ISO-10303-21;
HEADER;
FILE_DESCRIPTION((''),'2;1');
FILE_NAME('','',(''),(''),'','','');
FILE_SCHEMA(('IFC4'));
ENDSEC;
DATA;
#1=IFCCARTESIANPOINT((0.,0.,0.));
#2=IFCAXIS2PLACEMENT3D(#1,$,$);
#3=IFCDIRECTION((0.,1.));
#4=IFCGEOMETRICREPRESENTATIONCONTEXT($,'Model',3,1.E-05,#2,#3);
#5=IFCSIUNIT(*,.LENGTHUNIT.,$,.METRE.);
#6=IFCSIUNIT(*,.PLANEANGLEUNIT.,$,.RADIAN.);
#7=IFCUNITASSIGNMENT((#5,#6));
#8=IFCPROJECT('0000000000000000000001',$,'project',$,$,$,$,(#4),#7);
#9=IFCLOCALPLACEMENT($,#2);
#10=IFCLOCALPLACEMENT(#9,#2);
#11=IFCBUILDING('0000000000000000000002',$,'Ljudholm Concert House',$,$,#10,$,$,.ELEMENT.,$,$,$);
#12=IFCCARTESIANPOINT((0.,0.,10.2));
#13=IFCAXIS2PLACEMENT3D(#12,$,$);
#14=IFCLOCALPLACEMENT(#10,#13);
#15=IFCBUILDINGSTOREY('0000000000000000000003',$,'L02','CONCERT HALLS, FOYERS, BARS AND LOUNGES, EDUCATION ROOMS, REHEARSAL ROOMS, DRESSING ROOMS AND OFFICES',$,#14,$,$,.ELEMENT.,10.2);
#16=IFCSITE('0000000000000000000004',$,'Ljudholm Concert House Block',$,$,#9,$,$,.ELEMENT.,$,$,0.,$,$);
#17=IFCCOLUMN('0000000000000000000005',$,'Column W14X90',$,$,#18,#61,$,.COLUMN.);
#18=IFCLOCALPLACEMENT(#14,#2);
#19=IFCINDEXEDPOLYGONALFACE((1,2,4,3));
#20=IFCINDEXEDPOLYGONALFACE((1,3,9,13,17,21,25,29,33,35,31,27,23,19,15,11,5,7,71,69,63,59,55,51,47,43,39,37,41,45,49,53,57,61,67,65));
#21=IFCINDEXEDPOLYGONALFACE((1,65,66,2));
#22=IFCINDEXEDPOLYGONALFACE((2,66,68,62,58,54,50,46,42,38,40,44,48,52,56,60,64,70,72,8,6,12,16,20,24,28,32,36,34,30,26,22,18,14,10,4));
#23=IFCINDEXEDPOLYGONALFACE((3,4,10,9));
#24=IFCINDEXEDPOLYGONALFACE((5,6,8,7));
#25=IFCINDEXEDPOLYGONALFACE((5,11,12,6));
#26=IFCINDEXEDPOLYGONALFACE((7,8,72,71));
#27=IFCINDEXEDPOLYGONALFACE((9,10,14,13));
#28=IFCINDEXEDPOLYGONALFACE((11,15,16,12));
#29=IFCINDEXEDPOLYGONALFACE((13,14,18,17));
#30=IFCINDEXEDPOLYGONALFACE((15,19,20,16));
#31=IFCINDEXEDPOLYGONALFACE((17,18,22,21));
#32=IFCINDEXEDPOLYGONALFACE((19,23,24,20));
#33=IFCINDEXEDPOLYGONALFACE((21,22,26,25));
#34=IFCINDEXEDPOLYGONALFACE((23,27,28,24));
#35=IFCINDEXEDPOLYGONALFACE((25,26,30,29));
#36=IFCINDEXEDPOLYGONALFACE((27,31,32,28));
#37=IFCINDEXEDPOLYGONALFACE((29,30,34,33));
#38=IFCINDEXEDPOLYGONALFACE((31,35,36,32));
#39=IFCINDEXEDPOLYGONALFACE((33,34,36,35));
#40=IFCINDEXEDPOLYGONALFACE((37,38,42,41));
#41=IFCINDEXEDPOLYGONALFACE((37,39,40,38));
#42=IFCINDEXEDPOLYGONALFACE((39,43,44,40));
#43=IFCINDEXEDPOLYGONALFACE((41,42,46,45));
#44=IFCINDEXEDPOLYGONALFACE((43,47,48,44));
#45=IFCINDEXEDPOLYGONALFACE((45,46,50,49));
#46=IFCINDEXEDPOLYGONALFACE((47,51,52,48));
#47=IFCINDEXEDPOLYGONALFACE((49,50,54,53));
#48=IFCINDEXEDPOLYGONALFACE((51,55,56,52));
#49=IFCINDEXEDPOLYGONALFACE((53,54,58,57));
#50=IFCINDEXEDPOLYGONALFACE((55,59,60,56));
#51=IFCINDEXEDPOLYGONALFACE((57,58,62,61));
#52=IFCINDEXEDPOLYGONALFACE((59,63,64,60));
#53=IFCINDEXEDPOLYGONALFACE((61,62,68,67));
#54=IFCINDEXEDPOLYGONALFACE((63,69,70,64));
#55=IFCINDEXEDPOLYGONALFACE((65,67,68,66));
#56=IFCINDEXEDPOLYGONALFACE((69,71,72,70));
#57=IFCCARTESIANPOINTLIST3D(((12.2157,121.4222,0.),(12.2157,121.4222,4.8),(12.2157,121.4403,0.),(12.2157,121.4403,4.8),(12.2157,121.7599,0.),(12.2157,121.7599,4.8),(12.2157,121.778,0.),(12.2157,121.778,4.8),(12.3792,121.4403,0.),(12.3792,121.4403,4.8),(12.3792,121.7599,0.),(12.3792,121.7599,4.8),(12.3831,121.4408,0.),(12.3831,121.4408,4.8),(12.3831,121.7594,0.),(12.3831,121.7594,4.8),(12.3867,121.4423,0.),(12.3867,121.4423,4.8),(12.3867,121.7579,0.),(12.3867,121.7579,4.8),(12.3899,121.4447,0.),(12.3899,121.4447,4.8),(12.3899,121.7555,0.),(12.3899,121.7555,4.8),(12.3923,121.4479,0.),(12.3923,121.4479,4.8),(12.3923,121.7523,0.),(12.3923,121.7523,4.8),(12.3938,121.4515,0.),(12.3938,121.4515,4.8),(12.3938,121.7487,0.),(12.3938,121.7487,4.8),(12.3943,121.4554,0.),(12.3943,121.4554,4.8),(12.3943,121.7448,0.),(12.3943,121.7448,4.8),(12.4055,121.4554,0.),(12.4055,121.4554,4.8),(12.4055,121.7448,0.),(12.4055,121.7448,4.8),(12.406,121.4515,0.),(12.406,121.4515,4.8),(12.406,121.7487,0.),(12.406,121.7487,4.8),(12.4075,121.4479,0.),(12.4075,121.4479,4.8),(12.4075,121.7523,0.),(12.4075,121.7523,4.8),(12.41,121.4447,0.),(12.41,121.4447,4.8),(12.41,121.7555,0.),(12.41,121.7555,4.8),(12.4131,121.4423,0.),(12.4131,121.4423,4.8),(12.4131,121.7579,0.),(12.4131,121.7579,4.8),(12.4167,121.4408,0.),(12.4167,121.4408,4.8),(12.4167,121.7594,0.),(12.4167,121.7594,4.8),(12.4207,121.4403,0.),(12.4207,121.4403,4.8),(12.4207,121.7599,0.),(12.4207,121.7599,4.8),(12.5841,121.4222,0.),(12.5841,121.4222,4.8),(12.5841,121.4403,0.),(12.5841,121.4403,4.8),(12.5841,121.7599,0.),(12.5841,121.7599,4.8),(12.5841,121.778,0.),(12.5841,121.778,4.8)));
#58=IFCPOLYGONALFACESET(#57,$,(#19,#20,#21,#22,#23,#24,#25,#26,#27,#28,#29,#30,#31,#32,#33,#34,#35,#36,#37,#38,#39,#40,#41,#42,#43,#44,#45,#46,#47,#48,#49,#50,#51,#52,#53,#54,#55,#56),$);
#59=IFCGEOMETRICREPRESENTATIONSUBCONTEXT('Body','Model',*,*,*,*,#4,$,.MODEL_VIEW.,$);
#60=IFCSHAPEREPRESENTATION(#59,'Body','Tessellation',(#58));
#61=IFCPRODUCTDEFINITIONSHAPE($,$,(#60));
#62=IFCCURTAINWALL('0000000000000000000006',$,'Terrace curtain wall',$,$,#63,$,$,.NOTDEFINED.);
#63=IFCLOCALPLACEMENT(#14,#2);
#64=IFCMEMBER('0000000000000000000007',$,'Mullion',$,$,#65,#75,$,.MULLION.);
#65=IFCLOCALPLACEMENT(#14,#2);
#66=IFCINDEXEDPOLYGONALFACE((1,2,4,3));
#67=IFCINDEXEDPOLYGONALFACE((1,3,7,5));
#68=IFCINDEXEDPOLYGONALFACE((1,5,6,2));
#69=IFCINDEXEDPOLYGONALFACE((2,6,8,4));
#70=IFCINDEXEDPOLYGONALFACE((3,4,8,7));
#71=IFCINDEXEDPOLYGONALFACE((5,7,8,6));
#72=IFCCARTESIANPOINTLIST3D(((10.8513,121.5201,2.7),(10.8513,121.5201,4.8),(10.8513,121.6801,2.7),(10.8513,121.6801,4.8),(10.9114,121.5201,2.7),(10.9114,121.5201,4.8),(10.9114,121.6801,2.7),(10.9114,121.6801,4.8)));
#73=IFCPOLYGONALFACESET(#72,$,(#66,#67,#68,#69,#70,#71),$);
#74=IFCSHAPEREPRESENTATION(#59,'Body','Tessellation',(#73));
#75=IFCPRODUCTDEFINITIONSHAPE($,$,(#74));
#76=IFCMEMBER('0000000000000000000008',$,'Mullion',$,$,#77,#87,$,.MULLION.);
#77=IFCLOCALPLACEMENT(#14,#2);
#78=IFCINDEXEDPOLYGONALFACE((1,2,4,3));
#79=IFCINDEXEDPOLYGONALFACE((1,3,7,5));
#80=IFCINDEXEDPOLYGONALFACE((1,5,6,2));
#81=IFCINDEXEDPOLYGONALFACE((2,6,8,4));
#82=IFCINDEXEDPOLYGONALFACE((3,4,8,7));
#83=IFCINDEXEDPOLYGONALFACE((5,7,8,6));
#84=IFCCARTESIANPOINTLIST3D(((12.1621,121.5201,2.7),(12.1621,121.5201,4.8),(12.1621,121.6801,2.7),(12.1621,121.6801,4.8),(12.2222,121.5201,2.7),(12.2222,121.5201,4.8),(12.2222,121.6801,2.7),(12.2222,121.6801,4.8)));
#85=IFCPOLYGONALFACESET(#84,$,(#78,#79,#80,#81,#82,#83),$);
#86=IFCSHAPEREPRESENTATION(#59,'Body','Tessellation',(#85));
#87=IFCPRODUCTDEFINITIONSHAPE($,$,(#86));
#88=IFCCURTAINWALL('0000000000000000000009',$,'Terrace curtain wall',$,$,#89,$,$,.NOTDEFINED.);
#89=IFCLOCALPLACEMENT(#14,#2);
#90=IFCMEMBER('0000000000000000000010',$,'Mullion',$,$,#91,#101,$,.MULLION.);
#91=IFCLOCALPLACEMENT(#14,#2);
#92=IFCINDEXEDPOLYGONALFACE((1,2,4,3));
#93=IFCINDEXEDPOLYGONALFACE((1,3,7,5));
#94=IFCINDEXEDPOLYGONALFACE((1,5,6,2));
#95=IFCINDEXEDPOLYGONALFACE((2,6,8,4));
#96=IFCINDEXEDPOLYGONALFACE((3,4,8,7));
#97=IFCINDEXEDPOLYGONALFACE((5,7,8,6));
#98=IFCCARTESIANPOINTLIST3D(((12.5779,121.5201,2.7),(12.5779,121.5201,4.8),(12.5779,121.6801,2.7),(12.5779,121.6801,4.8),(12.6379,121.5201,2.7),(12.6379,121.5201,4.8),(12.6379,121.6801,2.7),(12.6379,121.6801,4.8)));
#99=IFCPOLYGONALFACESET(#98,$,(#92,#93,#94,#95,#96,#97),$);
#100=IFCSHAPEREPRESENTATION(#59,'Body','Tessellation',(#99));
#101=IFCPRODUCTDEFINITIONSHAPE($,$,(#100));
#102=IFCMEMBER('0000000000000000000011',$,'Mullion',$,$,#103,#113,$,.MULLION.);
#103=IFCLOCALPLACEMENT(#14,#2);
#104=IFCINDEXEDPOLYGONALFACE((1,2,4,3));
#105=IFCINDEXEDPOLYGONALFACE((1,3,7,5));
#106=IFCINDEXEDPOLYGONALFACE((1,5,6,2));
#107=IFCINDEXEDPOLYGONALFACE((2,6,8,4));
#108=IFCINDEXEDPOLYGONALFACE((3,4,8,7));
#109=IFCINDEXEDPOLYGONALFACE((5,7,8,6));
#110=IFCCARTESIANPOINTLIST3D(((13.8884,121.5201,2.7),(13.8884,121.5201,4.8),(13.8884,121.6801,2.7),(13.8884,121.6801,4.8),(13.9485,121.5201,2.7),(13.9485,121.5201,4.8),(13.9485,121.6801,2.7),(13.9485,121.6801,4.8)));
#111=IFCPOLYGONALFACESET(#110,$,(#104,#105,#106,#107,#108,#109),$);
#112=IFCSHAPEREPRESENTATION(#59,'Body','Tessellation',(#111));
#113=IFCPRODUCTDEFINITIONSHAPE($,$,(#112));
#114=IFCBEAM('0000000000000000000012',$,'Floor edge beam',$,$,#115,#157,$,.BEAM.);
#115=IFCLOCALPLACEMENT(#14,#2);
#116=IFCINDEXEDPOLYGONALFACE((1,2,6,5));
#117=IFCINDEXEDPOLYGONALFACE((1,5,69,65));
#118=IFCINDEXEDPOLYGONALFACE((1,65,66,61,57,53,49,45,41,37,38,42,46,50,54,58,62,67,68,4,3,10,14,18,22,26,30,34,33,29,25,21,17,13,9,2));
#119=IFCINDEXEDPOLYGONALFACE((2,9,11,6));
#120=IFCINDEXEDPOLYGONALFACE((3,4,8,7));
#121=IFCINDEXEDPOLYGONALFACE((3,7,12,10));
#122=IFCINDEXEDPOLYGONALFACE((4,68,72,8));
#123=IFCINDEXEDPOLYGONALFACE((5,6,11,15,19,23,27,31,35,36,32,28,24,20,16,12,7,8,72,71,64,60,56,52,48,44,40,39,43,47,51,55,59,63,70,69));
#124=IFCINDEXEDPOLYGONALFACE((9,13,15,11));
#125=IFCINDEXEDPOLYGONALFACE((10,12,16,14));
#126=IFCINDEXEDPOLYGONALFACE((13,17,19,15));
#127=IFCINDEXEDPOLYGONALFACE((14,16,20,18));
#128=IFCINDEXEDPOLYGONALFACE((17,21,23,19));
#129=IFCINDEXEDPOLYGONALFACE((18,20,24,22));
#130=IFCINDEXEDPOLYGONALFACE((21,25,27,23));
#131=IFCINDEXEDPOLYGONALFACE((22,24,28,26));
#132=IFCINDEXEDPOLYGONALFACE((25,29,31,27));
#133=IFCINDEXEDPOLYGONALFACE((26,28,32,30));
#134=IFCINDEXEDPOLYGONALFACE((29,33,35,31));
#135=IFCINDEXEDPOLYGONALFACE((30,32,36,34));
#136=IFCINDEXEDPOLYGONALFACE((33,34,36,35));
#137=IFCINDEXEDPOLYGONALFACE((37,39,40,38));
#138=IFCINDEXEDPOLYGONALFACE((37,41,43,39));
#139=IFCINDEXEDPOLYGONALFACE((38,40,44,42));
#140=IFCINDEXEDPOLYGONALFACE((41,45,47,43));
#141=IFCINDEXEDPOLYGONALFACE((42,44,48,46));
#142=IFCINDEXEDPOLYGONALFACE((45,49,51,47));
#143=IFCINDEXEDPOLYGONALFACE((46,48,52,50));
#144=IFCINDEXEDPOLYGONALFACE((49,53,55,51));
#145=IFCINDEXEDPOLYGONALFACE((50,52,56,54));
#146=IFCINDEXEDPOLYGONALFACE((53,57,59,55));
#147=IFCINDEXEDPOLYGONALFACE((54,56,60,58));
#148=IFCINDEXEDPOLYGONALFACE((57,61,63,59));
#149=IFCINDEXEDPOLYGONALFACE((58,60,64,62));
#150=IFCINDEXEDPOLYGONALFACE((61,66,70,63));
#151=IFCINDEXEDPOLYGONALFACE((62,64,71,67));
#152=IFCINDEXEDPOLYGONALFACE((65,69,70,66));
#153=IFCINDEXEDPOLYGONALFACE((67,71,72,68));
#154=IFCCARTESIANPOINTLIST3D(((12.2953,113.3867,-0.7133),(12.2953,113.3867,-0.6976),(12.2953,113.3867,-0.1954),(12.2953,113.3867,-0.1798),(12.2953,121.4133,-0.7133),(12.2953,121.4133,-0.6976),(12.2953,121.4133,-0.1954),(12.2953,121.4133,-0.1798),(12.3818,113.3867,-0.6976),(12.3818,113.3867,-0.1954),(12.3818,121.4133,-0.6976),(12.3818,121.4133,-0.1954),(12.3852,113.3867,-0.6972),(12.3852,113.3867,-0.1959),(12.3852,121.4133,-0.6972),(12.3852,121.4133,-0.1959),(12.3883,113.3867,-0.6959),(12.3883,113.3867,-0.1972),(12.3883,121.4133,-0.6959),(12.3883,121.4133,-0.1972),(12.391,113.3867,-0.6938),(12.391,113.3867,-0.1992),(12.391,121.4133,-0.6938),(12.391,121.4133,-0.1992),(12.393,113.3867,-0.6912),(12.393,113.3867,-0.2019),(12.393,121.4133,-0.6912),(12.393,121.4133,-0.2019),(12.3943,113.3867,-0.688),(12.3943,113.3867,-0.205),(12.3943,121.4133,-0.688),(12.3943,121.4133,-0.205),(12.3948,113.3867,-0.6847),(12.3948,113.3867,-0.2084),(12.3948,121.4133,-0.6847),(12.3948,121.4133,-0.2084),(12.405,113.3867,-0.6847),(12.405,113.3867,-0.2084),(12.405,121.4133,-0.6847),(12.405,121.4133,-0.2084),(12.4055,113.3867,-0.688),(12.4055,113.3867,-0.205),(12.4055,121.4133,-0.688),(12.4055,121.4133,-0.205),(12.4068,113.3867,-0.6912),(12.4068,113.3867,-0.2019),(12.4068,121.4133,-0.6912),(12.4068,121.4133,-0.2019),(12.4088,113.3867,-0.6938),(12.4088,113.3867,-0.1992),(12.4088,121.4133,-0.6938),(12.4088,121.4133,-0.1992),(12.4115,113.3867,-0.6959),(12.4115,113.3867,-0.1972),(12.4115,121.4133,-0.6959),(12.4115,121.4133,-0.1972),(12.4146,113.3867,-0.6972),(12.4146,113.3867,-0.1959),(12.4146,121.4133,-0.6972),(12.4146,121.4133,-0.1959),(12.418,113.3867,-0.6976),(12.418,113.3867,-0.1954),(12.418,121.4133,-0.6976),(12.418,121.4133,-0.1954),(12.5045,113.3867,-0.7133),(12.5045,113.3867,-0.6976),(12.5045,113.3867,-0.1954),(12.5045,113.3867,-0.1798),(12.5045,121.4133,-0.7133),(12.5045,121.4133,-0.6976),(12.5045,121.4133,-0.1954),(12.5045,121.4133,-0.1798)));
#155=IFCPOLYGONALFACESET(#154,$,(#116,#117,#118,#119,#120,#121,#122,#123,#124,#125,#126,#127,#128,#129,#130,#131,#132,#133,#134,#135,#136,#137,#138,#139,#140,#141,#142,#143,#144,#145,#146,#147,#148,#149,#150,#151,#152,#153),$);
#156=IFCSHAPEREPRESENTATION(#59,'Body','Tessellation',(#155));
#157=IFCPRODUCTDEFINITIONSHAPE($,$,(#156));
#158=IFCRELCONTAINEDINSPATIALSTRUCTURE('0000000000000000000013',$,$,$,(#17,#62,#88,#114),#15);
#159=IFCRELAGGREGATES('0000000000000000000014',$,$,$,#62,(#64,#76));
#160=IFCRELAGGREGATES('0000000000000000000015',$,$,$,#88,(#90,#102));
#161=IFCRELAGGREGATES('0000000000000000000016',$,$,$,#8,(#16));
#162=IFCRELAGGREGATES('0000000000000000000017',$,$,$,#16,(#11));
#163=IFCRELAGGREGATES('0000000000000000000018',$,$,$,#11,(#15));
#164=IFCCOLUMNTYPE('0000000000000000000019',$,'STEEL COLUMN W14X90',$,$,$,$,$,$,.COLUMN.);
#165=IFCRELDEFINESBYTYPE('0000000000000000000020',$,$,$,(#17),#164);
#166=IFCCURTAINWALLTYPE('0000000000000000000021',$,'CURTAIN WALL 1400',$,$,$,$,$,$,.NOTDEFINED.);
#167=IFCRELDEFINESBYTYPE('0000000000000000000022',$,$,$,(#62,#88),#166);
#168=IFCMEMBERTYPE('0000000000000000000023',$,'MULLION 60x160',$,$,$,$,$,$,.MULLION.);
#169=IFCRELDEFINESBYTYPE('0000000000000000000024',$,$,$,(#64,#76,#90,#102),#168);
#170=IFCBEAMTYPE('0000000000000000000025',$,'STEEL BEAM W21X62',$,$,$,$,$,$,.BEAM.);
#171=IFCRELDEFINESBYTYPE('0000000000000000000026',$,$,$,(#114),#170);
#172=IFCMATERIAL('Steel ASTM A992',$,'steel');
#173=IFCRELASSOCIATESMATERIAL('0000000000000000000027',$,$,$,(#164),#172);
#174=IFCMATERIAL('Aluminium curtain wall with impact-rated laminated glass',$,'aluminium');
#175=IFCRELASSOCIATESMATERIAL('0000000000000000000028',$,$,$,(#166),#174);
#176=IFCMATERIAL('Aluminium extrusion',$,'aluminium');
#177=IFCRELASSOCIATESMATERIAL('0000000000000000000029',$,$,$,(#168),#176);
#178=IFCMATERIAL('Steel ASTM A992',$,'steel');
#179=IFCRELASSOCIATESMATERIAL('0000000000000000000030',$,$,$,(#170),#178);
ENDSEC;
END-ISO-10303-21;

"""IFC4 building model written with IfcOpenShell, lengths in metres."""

from ifc_helpers import new_model, si_unit, direction, frame, origin, origin_2d, place, context, subcontext, project, spatial, rectangle, i_section, extrude, material, material_profile, profile_set, type_object, element, aggregate, save


model = new_model("IFC4")

# Units and contexts
model_context = context("Model", 3, precision=1e-05, world=origin(), true_north=direction((0.0, 1.0)))
body_context = subcontext(model_context, "Body", "Model", "MODEL_VIEW")
ifc_project = project(units=[si_unit("LENGTHUNIT", "METRE"), si_unit("PLANEANGLEUNIT", "RADIAN")], contexts=[model_context])

# Site, building, storey
site_placement = place(None, origin())
site = spatial("IfcSite", under=ifc_project, at=site_placement, Name="Ljudholm Concert House Block", CompositionType="ELEMENT", RefElevation=0.0)
building_placement = place(site_placement, origin())
building = spatial("IfcBuilding", under=site, at=building_placement, Name="Ljudholm Concert House", CompositionType="ELEMENT")
storey_placement = place(building_placement, frame((0.0, 0.0, 10.2)))
storey = spatial("IfcBuildingStorey", under=building, at=storey_placement, Name="L02", Description="CONCERT HALLS, FOYERS, BARS AND LOUNGES, EDUCATION ROOMS, REHEARSAL ROOMS, DRESSING ROOMS AND OFFICES", CompositionType="ELEMENT", Elevation=10.2)

# Column
ifc_material_1 = material(Name="Steel ASTM A992", Category="steel")
ifc_material_profile_1 = material_profile(ifc_material_1, i_section(OverallWidth=0.3684, OverallDepth=0.3557, WebThickness=0.0112, FlangeThickness=0.0181, FilletRadius=0.0151, at=origin_2d()), Name="W14X90")
ifc_profile_set_1 = profile_set([ifc_material_profile_1], Name="Steel ASTM A992")
column_type = type_object("IfcColumnType", Name="STEEL COLUMN W14X90", PredefinedType="COLUMN", material=ifc_profile_set_1)
column_placement = place(storey_placement, frame((12.3999, 121.6001, 0.0), z_axis=(0.0, 0.0, 1.0), x_axis=(1.0, 0.0, 0.0)))
element("IfcColumn", 1, at=column_placement, inside=storey, type_object=column_type, Name="Column W14X90", PredefinedType="COLUMN", context=body_context, shape_type="SweptSolid", body=[
    extrude(i_section(OverallWidth=0.3684, OverallDepth=0.3557, WebThickness=0.0112, FlangeThickness=0.0181, FilletRadius=0.0151, at=origin_2d()), origin(), (0.0, 0.0, 1.0), 4.8),
])

# Curtain walls, members
ifc_material_2 = material(Name="Aluminium curtain wall with impact-rated laminated glass", Category="aluminium")
curtain_wall_type = type_object("IfcCurtainWallType", Name="CURTAIN WALL 1400", PredefinedType="NOTDEFINED", material=ifc_material_2)
curtain_wall_1_placement = place(storey_placement, origin())
curtain_wall_1 = element("IfcCurtainWall", 2, at=curtain_wall_1_placement, inside=storey, type_object=curtain_wall_type, Name="Terrace curtain wall", PredefinedType="NOTDEFINED")
ifc_material_3 = material(Name="Aluminium extrusion", Category="aluminium")
ifc_material_profile_2 = material_profile(ifc_material_3, rectangle(XDim=0.1599, YDim=0.0601, at=origin_2d()), Name="MULLION 60x160")
ifc_profile_set_2 = profile_set([ifc_material_profile_2], Name="Aluminium extrusion")
member_type_1 = type_object("IfcMemberType", Name="MULLION 60x160", PredefinedType="MULLION", material=ifc_profile_set_2)
member_1_placement = place(storey_placement, frame((10.8813, 121.6001, 2.7), z_axis=(0.0, 0.0, 1.0), x_axis=(0.0, 1.0, 0.0)))
member_1 = element("IfcMember", 3, at=member_1_placement, type_object=member_type_1, Name="Mullion", PredefinedType="MULLION", context=body_context, shape_type="SweptSolid", body=[
    extrude(rectangle(XDim=0.1599, YDim=0.0601, at=origin_2d()), origin(), (0.0, 0.0, 1.0), 2.1001),
])
member_2_placement = place(storey_placement, frame((12.1921, 121.6001, 2.7), z_axis=(0.0, 0.0, 1.0), x_axis=(0.0, 1.0, 0.0)))
member_2 = element("IfcMember", 4, at=member_2_placement, type_object=member_type_1, Name="Mullion", PredefinedType="MULLION", context=body_context, shape_type="SweptSolid", body=[
    extrude(rectangle(XDim=0.1599, YDim=0.0601, at=origin_2d()), origin(), (0.0, 0.0, 1.0), 2.1001),
])
curtain_wall_2_placement = place(storey_placement, origin())
curtain_wall_2 = element("IfcCurtainWall", 5, at=curtain_wall_2_placement, inside=storey, type_object=curtain_wall_type, Name="Terrace curtain wall", PredefinedType="NOTDEFINED")
member_3_placement = place(storey_placement, frame((12.6079, 121.6001, 2.7), z_axis=(0.0, 0.0, 1.0), x_axis=(0.0, 1.0, 0.0)))
member_3 = element("IfcMember", 6, at=member_3_placement, type_object=member_type_1, Name="Mullion", PredefinedType="MULLION", context=body_context, shape_type="SweptSolid", body=[
    extrude(rectangle(XDim=0.1599, YDim=0.0601, at=origin_2d()), origin(), (0.0, 0.0, 1.0), 2.1001),
])
member_4_placement = place(storey_placement, frame((13.9185, 121.6001, 2.7), z_axis=(0.0, 0.0, 1.0), x_axis=(0.0, 1.0, 0.0)))
member_4 = element("IfcMember", 7, at=member_4_placement, type_object=member_type_1, Name="Mullion", PredefinedType="MULLION", context=body_context, shape_type="SweptSolid", body=[
    extrude(rectangle(XDim=0.1599, YDim=0.0601, at=origin_2d()), origin(), (0.0, 0.0, 1.0), 2.1001),
])

# Beam
ifc_material_4 = material(Name="Steel ASTM A992", Category="steel")
ifc_material_profile_3 = material_profile(ifc_material_4, i_section(OverallWidth=0.2092, OverallDepth=0.5334, WebThickness=0.0103, FlangeThickness=0.0156, FilletRadius=0.0129, at=origin_2d()), Name="W21X62")
ifc_profile_set_3 = profile_set([ifc_material_profile_3], Name="Steel ASTM A992")
beam_type_1 = type_object("IfcBeamType", Name="STEEL BEAM W21X62", PredefinedType="BEAM", material=ifc_profile_set_3)
beam_1_placement = place(storey_placement, frame((12.3999, 113.3867, -0.4465), z_axis=(0.0, 1.0, 0.0), x_axis=(-1.0, 0.0, 0.0)))
element("IfcBeam", 8, at=beam_1_placement, inside=storey, type_object=beam_type_1, Name="Floor edge beam", PredefinedType="BEAM", context=body_context, shape_type="SweptSolid", body=[
    extrude(i_section(OverallWidth=0.2092, OverallDepth=0.5334, WebThickness=0.0103, FlangeThickness=0.0156, FilletRadius=0.0129, at=origin_2d()), origin(), (0.0, 0.0, 1.0), 8.0266),
])

aggregate(curtain_wall_1, [member_1, member_2])
aggregate(curtain_wall_2, [member_3, member_4])

save(model, "model.ifc")
